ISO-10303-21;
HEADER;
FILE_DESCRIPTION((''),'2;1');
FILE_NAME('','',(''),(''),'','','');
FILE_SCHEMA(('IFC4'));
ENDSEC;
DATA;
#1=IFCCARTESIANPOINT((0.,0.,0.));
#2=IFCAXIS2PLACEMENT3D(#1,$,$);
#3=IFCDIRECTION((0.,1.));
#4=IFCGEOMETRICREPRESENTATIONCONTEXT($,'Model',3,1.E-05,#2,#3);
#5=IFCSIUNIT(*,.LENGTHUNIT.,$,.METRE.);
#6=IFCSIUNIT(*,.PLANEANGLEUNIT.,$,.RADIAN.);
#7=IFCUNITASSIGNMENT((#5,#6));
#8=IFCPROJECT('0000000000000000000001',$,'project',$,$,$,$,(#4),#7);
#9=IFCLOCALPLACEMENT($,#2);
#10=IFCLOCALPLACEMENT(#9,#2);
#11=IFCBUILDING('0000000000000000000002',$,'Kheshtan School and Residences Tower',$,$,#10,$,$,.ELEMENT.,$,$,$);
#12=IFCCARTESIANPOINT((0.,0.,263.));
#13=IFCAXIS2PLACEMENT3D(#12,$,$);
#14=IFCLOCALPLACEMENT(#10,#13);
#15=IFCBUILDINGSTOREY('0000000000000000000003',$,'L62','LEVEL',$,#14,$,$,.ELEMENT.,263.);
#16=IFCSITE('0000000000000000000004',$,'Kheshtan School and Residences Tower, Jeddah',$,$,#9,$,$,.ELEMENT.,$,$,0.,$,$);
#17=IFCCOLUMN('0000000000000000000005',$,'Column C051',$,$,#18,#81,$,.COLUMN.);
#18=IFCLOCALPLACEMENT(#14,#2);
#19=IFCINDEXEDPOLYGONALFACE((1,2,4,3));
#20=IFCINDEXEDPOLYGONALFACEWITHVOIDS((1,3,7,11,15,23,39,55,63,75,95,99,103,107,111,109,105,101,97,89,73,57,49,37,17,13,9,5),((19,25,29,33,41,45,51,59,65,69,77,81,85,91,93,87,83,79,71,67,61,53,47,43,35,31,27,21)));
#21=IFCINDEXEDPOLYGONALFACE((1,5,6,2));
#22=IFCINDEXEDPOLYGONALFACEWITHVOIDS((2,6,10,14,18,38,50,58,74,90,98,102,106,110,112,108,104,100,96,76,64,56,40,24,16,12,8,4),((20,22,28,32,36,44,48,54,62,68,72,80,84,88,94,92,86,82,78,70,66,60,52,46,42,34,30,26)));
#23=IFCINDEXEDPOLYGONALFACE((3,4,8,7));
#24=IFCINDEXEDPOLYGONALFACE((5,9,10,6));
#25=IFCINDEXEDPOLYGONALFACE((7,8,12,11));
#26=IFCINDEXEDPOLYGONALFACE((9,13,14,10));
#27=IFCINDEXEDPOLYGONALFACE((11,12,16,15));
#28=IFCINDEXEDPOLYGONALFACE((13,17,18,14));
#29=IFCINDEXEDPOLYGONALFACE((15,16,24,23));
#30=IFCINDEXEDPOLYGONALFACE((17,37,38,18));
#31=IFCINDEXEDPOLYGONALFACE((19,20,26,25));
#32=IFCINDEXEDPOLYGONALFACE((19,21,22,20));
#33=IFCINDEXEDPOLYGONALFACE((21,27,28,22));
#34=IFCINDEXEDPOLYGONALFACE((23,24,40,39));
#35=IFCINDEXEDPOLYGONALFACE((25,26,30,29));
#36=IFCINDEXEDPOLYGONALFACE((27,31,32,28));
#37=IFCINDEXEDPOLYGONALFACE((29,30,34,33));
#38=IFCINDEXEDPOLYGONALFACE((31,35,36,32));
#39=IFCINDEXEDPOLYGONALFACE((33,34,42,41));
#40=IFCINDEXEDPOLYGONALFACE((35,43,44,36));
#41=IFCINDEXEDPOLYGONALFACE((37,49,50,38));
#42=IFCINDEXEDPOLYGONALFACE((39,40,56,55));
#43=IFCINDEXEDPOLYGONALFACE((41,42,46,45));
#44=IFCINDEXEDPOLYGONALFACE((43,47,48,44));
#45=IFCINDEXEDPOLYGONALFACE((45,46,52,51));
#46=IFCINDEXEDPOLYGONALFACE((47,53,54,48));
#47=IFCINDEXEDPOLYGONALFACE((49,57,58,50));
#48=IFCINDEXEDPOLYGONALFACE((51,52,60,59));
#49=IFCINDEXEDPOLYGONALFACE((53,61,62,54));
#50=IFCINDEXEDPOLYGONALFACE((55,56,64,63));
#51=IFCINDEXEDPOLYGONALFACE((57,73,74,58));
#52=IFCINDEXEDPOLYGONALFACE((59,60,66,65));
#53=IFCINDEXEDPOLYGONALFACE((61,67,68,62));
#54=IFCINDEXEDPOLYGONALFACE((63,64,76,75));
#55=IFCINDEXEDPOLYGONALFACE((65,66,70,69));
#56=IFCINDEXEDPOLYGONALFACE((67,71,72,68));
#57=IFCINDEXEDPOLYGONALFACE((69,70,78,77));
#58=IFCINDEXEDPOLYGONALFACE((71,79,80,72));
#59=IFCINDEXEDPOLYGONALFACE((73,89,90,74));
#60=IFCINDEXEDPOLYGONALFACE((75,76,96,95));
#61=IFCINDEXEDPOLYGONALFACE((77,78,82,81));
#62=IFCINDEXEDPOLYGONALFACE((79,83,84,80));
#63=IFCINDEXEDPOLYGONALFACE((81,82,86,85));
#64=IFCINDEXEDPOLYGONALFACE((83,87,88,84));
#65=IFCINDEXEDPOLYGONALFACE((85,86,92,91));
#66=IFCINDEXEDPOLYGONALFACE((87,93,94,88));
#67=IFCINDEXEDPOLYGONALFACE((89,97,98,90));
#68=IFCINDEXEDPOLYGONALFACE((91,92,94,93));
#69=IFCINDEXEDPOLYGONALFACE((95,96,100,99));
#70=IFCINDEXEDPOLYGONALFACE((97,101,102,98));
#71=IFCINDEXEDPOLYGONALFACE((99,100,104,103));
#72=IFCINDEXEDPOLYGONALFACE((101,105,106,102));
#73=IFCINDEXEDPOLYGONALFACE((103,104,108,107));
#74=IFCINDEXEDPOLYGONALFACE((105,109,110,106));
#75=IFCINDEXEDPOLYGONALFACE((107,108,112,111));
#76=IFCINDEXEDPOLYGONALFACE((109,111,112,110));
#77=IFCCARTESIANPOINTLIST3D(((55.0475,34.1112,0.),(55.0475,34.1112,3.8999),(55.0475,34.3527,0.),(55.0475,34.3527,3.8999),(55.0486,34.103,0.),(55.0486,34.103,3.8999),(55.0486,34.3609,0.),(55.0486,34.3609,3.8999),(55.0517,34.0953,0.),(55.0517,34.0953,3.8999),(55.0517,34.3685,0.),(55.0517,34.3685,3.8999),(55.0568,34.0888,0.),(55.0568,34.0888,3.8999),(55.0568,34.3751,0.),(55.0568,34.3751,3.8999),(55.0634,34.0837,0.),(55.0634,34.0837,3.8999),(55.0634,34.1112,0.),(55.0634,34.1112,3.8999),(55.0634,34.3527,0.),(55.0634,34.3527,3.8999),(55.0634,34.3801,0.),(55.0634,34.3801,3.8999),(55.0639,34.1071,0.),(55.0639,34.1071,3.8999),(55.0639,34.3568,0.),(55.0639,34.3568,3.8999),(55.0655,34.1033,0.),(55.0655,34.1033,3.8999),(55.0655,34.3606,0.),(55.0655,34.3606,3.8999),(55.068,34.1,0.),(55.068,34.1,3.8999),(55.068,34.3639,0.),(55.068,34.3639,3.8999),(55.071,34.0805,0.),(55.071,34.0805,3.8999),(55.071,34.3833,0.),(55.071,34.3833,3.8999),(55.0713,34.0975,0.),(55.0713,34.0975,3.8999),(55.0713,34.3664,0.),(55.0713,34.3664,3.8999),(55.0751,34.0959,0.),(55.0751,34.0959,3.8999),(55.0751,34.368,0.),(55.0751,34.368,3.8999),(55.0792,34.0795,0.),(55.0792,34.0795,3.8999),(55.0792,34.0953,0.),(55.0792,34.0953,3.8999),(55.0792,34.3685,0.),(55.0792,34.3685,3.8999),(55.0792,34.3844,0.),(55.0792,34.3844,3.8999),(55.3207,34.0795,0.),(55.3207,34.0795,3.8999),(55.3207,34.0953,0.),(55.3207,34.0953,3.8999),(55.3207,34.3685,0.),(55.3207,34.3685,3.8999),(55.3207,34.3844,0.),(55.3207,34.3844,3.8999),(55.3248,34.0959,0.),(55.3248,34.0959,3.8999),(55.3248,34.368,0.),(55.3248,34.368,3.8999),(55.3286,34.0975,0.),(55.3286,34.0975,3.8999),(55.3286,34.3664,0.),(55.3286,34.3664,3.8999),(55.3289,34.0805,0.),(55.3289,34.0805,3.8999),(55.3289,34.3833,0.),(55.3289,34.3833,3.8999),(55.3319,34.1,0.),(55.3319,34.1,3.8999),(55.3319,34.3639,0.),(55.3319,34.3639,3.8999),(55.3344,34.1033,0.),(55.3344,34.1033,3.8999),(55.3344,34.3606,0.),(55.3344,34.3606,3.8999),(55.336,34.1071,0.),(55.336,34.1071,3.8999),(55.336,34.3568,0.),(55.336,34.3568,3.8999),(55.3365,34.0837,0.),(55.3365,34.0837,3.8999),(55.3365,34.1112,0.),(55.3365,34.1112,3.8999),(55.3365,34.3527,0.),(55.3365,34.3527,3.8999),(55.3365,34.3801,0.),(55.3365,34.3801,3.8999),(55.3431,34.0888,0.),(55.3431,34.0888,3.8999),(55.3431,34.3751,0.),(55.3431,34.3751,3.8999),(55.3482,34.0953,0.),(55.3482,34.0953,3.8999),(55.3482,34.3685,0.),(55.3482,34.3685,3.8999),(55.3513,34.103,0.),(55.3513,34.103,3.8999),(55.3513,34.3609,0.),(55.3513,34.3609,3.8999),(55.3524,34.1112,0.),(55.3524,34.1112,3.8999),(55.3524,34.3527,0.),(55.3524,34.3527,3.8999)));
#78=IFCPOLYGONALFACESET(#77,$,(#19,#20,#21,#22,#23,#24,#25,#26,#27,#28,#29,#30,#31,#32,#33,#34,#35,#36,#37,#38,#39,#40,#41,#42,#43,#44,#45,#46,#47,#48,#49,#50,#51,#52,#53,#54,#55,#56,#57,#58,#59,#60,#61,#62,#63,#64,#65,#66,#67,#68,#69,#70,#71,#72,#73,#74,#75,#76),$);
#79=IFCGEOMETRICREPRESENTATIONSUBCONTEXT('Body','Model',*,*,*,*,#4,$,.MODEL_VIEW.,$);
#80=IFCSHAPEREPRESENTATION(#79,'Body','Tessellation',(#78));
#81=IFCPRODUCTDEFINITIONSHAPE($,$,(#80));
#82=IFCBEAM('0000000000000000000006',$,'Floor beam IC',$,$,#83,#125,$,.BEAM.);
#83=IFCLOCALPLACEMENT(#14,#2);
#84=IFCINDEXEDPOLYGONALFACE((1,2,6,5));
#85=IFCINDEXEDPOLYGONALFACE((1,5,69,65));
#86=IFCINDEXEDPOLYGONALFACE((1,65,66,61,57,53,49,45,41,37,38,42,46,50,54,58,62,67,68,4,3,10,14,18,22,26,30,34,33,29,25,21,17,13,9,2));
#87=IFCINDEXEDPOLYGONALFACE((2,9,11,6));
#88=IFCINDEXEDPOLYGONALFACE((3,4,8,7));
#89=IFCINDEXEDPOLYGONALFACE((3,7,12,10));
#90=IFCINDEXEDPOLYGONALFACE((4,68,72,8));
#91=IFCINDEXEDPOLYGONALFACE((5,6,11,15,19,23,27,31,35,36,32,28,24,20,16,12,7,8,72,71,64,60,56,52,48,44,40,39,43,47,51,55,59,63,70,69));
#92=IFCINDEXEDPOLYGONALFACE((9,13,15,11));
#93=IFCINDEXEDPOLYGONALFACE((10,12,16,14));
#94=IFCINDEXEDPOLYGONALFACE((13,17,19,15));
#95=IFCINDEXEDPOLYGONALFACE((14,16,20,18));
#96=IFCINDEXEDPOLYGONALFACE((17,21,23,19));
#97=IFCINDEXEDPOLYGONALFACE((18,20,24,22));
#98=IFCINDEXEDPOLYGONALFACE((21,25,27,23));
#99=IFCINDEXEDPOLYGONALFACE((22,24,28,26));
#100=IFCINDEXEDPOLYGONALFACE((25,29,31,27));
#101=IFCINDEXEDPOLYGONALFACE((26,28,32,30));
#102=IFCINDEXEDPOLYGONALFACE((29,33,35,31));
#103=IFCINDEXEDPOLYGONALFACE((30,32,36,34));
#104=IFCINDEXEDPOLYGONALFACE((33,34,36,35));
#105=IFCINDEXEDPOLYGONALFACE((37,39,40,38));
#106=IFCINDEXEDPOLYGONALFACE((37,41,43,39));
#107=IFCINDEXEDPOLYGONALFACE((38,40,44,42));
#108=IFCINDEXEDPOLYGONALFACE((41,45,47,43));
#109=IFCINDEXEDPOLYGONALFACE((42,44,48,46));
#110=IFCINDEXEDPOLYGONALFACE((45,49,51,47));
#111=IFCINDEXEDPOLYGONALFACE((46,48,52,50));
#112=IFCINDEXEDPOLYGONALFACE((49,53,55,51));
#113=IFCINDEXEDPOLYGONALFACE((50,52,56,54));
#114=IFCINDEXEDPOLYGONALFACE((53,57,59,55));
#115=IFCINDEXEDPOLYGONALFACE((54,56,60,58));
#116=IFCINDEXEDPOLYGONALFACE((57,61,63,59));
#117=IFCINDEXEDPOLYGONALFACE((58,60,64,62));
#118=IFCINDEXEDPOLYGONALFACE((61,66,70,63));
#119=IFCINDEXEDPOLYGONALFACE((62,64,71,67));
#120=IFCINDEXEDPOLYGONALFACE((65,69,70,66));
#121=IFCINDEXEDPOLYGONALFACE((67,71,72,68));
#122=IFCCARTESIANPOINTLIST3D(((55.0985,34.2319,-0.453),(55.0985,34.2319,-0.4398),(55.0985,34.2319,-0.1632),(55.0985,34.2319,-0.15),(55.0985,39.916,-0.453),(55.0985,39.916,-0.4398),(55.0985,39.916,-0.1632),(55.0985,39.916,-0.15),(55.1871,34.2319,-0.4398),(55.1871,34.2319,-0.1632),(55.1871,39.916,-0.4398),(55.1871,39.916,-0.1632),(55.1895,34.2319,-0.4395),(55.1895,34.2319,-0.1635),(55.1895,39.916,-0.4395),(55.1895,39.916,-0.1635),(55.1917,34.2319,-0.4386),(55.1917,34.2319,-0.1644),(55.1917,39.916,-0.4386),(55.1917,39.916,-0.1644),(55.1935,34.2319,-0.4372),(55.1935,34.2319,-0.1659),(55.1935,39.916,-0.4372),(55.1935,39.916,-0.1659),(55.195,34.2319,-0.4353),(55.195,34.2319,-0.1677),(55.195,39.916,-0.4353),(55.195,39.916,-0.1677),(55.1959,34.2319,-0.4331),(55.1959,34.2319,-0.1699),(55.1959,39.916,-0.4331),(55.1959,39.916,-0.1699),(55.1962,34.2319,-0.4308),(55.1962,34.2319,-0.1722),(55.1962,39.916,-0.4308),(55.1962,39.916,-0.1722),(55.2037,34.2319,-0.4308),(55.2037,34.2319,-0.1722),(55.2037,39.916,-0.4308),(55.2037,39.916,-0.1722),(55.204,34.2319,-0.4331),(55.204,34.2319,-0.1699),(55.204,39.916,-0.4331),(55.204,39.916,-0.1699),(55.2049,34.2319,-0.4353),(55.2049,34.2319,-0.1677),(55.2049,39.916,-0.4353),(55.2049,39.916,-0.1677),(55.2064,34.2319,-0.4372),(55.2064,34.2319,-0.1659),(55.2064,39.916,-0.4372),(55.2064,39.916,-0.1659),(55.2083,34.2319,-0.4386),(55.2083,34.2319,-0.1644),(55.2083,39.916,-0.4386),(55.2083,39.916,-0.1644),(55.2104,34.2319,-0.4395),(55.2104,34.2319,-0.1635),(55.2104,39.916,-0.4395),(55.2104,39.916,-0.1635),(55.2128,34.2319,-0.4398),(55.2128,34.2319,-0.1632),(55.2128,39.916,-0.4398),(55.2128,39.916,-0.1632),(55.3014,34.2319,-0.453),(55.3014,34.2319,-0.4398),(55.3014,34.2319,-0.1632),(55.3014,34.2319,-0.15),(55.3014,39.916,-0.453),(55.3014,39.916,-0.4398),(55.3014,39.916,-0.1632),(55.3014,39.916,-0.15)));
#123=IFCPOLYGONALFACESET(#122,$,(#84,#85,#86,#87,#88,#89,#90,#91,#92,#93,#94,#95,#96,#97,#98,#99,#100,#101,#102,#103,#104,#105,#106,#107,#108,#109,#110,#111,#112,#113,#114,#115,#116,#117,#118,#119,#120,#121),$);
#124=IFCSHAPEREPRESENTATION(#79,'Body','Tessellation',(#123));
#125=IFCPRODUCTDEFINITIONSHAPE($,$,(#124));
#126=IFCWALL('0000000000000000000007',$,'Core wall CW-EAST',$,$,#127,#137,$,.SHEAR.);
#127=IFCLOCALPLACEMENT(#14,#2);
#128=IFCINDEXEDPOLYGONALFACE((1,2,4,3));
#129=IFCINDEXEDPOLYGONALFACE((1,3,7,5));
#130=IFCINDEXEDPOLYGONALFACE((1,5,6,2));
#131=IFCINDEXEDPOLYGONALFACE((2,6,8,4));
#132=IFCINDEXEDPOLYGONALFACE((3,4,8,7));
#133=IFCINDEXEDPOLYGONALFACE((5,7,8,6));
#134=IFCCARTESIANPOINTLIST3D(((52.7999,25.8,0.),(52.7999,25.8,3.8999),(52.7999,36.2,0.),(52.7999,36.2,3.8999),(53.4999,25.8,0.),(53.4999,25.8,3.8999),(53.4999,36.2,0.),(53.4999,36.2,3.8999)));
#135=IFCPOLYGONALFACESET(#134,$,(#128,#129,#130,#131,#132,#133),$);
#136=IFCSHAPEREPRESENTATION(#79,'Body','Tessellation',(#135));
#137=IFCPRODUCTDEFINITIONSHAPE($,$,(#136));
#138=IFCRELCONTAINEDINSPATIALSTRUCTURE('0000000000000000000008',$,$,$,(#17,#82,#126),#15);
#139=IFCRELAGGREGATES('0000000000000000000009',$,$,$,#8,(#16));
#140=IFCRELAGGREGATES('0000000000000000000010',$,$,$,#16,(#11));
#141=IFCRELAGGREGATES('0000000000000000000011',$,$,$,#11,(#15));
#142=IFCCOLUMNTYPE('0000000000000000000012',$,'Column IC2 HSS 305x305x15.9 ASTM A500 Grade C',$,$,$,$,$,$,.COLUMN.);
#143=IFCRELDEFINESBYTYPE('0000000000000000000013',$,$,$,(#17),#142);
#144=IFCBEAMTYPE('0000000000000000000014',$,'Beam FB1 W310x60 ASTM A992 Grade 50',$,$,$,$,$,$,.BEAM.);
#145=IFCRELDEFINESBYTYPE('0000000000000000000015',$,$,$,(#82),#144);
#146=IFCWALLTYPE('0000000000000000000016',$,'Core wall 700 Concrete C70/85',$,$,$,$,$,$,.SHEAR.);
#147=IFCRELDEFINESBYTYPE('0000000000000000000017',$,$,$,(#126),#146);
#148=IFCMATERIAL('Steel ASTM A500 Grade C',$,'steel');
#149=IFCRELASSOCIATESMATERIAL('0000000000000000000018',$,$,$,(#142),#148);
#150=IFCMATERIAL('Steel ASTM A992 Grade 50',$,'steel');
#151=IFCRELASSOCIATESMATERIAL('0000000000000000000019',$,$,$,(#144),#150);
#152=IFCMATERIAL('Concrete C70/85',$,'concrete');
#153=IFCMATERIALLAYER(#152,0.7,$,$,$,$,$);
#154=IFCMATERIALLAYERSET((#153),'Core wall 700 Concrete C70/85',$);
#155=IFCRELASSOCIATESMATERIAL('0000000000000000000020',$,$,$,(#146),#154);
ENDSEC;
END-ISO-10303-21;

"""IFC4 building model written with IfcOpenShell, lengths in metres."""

from ifc_helpers import new_model, si_unit, direction, frame, frame_2d, origin, origin_2d, place, context, subcontext, project, spatial, rectangle, hollow_rectangle, i_section, extrude, material, layer, layer_set, material_profile, profile_set, type_object, element, save


model = new_model("IFC4")

# Units and contexts
model_context = context("Model", 3, precision=1e-05, world=origin(), true_north=direction((0.0, 1.0)))
body_context = subcontext(model_context, "Body", "Model", "MODEL_VIEW")
ifc_project = project(units=[si_unit("LENGTHUNIT", "METRE"), si_unit("PLANEANGLEUNIT", "RADIAN")], contexts=[model_context])

# Site, building, storey
site_placement = place(None, origin())
site = spatial("IfcSite", under=ifc_project, at=site_placement, Name="Kheshtan School and Residences Tower, Jeddah", CompositionType="ELEMENT", RefElevation=0.0)
building_placement = place(site_placement, origin())
building = spatial("IfcBuilding", under=site, at=building_placement, Name="Kheshtan School and Residences Tower", CompositionType="ELEMENT")
storey_placement = place(building_placement, frame((0.0, 0.0, 263.0)))
storey = spatial("IfcBuildingStorey", under=building, at=storey_placement, Name="L62", Description="LEVEL", CompositionType="ELEMENT", Elevation=263.0)

# Column
ifc_material_1 = material(Name="Steel ASTM A500 Grade C", Category="steel")
ifc_material_profile_1 = material_profile(ifc_material_1, hollow_rectangle(XDim=0.3049, YDim=0.3049, WallThickness=0.0159, InnerFilletRadius=0.0159, OuterFilletRadius=0.0317, at=origin_2d()), Name="HSS 305x305x15.9")
ifc_profile_set_1 = profile_set([ifc_material_profile_1], Name="Steel ASTM A500 Grade C")
column_type = type_object("IfcColumnType", Name="Column IC2 HSS 305x305x15.9 ASTM A500 Grade C", PredefinedType="COLUMN", material=ifc_profile_set_1)
column_placement = place(storey_placement, frame((55.2, 34.2319, 0.0), z_axis=(0.0, 0.0, 1.0), x_axis=(1.0, 0.0, 0.0)))
element("IfcColumn", 1, at=column_placement, inside=storey, type_object=column_type, Name="Column C051", PredefinedType="COLUMN", context=body_context, shape_type="SweptSolid", body=[
    extrude(hollow_rectangle(XDim=0.3049, YDim=0.3049, WallThickness=0.0159, InnerFilletRadius=0.0159, OuterFilletRadius=0.0317, at=origin_2d()), origin(), (0.0, 0.0, 1.0), 3.8999),
])

# Beam
ifc_material_2 = material(Name="Steel ASTM A992 Grade 50", Category="steel")
ifc_material_profile_2 = material_profile(ifc_material_2, i_section(OverallWidth=0.2029, OverallDepth=0.303, WebThickness=0.0076, FlangeThickness=0.0132, FilletRadius=0.009, at=origin_2d()), Name="W310x60")
ifc_profile_set_2 = profile_set([ifc_material_profile_2], Name="Steel ASTM A992 Grade 50")
beam_type = type_object("IfcBeamType", Name="Beam FB1 W310x60 ASTM A992 Grade 50", PredefinedType="BEAM", material=ifc_profile_set_2)
beam_placement = place(storey_placement, frame((55.2, 34.2319, -0.3015), z_axis=(0.0, 1.0, 0.0), x_axis=(-1.0, 0.0, 0.0)))
element("IfcBeam", 2, at=beam_placement, inside=storey, type_object=beam_type, Name="Floor beam IC", PredefinedType="BEAM", context=body_context, shape_type="SweptSolid", body=[
    extrude(i_section(OverallWidth=0.2029, OverallDepth=0.303, WebThickness=0.0076, FlangeThickness=0.0132, FilletRadius=0.009, at=origin_2d()), origin(), (0.0, 0.0, 1.0), 5.6841),
])

# Wall
ifc_material_3 = material(Name="Concrete C70/85", Category="concrete")
ifc_layer_1 = layer(ifc_material_3, 0.7)
ifc_layer_set_1 = layer_set([ifc_layer_1], Name="Core wall 700 Concrete C70/85")
wall_type_1 = type_object("IfcWallType", Name="Core wall 700 Concrete C70/85", PredefinedType="SHEAR", material=ifc_layer_set_1)
wall_1_placement = place(storey_placement, frame((53.1499, 25.8, 0.0), z_axis=(0.0, 0.0, 1.0), x_axis=(0.0, 1.0, 0.0)))
element("IfcWall", 3, at=wall_1_placement, inside=storey, type_object=wall_type_1, Name="Core wall CW-EAST", PredefinedType="SHEAR", context=body_context, shape_type="SweptSolid", body=[
    extrude(rectangle(XDim=10.3999, YDim=0.7, at=frame_2d((5.2, 0.0))), origin(), (0.0, 0.0, 1.0), 3.8999),
])

save(model, "model.ifc")
